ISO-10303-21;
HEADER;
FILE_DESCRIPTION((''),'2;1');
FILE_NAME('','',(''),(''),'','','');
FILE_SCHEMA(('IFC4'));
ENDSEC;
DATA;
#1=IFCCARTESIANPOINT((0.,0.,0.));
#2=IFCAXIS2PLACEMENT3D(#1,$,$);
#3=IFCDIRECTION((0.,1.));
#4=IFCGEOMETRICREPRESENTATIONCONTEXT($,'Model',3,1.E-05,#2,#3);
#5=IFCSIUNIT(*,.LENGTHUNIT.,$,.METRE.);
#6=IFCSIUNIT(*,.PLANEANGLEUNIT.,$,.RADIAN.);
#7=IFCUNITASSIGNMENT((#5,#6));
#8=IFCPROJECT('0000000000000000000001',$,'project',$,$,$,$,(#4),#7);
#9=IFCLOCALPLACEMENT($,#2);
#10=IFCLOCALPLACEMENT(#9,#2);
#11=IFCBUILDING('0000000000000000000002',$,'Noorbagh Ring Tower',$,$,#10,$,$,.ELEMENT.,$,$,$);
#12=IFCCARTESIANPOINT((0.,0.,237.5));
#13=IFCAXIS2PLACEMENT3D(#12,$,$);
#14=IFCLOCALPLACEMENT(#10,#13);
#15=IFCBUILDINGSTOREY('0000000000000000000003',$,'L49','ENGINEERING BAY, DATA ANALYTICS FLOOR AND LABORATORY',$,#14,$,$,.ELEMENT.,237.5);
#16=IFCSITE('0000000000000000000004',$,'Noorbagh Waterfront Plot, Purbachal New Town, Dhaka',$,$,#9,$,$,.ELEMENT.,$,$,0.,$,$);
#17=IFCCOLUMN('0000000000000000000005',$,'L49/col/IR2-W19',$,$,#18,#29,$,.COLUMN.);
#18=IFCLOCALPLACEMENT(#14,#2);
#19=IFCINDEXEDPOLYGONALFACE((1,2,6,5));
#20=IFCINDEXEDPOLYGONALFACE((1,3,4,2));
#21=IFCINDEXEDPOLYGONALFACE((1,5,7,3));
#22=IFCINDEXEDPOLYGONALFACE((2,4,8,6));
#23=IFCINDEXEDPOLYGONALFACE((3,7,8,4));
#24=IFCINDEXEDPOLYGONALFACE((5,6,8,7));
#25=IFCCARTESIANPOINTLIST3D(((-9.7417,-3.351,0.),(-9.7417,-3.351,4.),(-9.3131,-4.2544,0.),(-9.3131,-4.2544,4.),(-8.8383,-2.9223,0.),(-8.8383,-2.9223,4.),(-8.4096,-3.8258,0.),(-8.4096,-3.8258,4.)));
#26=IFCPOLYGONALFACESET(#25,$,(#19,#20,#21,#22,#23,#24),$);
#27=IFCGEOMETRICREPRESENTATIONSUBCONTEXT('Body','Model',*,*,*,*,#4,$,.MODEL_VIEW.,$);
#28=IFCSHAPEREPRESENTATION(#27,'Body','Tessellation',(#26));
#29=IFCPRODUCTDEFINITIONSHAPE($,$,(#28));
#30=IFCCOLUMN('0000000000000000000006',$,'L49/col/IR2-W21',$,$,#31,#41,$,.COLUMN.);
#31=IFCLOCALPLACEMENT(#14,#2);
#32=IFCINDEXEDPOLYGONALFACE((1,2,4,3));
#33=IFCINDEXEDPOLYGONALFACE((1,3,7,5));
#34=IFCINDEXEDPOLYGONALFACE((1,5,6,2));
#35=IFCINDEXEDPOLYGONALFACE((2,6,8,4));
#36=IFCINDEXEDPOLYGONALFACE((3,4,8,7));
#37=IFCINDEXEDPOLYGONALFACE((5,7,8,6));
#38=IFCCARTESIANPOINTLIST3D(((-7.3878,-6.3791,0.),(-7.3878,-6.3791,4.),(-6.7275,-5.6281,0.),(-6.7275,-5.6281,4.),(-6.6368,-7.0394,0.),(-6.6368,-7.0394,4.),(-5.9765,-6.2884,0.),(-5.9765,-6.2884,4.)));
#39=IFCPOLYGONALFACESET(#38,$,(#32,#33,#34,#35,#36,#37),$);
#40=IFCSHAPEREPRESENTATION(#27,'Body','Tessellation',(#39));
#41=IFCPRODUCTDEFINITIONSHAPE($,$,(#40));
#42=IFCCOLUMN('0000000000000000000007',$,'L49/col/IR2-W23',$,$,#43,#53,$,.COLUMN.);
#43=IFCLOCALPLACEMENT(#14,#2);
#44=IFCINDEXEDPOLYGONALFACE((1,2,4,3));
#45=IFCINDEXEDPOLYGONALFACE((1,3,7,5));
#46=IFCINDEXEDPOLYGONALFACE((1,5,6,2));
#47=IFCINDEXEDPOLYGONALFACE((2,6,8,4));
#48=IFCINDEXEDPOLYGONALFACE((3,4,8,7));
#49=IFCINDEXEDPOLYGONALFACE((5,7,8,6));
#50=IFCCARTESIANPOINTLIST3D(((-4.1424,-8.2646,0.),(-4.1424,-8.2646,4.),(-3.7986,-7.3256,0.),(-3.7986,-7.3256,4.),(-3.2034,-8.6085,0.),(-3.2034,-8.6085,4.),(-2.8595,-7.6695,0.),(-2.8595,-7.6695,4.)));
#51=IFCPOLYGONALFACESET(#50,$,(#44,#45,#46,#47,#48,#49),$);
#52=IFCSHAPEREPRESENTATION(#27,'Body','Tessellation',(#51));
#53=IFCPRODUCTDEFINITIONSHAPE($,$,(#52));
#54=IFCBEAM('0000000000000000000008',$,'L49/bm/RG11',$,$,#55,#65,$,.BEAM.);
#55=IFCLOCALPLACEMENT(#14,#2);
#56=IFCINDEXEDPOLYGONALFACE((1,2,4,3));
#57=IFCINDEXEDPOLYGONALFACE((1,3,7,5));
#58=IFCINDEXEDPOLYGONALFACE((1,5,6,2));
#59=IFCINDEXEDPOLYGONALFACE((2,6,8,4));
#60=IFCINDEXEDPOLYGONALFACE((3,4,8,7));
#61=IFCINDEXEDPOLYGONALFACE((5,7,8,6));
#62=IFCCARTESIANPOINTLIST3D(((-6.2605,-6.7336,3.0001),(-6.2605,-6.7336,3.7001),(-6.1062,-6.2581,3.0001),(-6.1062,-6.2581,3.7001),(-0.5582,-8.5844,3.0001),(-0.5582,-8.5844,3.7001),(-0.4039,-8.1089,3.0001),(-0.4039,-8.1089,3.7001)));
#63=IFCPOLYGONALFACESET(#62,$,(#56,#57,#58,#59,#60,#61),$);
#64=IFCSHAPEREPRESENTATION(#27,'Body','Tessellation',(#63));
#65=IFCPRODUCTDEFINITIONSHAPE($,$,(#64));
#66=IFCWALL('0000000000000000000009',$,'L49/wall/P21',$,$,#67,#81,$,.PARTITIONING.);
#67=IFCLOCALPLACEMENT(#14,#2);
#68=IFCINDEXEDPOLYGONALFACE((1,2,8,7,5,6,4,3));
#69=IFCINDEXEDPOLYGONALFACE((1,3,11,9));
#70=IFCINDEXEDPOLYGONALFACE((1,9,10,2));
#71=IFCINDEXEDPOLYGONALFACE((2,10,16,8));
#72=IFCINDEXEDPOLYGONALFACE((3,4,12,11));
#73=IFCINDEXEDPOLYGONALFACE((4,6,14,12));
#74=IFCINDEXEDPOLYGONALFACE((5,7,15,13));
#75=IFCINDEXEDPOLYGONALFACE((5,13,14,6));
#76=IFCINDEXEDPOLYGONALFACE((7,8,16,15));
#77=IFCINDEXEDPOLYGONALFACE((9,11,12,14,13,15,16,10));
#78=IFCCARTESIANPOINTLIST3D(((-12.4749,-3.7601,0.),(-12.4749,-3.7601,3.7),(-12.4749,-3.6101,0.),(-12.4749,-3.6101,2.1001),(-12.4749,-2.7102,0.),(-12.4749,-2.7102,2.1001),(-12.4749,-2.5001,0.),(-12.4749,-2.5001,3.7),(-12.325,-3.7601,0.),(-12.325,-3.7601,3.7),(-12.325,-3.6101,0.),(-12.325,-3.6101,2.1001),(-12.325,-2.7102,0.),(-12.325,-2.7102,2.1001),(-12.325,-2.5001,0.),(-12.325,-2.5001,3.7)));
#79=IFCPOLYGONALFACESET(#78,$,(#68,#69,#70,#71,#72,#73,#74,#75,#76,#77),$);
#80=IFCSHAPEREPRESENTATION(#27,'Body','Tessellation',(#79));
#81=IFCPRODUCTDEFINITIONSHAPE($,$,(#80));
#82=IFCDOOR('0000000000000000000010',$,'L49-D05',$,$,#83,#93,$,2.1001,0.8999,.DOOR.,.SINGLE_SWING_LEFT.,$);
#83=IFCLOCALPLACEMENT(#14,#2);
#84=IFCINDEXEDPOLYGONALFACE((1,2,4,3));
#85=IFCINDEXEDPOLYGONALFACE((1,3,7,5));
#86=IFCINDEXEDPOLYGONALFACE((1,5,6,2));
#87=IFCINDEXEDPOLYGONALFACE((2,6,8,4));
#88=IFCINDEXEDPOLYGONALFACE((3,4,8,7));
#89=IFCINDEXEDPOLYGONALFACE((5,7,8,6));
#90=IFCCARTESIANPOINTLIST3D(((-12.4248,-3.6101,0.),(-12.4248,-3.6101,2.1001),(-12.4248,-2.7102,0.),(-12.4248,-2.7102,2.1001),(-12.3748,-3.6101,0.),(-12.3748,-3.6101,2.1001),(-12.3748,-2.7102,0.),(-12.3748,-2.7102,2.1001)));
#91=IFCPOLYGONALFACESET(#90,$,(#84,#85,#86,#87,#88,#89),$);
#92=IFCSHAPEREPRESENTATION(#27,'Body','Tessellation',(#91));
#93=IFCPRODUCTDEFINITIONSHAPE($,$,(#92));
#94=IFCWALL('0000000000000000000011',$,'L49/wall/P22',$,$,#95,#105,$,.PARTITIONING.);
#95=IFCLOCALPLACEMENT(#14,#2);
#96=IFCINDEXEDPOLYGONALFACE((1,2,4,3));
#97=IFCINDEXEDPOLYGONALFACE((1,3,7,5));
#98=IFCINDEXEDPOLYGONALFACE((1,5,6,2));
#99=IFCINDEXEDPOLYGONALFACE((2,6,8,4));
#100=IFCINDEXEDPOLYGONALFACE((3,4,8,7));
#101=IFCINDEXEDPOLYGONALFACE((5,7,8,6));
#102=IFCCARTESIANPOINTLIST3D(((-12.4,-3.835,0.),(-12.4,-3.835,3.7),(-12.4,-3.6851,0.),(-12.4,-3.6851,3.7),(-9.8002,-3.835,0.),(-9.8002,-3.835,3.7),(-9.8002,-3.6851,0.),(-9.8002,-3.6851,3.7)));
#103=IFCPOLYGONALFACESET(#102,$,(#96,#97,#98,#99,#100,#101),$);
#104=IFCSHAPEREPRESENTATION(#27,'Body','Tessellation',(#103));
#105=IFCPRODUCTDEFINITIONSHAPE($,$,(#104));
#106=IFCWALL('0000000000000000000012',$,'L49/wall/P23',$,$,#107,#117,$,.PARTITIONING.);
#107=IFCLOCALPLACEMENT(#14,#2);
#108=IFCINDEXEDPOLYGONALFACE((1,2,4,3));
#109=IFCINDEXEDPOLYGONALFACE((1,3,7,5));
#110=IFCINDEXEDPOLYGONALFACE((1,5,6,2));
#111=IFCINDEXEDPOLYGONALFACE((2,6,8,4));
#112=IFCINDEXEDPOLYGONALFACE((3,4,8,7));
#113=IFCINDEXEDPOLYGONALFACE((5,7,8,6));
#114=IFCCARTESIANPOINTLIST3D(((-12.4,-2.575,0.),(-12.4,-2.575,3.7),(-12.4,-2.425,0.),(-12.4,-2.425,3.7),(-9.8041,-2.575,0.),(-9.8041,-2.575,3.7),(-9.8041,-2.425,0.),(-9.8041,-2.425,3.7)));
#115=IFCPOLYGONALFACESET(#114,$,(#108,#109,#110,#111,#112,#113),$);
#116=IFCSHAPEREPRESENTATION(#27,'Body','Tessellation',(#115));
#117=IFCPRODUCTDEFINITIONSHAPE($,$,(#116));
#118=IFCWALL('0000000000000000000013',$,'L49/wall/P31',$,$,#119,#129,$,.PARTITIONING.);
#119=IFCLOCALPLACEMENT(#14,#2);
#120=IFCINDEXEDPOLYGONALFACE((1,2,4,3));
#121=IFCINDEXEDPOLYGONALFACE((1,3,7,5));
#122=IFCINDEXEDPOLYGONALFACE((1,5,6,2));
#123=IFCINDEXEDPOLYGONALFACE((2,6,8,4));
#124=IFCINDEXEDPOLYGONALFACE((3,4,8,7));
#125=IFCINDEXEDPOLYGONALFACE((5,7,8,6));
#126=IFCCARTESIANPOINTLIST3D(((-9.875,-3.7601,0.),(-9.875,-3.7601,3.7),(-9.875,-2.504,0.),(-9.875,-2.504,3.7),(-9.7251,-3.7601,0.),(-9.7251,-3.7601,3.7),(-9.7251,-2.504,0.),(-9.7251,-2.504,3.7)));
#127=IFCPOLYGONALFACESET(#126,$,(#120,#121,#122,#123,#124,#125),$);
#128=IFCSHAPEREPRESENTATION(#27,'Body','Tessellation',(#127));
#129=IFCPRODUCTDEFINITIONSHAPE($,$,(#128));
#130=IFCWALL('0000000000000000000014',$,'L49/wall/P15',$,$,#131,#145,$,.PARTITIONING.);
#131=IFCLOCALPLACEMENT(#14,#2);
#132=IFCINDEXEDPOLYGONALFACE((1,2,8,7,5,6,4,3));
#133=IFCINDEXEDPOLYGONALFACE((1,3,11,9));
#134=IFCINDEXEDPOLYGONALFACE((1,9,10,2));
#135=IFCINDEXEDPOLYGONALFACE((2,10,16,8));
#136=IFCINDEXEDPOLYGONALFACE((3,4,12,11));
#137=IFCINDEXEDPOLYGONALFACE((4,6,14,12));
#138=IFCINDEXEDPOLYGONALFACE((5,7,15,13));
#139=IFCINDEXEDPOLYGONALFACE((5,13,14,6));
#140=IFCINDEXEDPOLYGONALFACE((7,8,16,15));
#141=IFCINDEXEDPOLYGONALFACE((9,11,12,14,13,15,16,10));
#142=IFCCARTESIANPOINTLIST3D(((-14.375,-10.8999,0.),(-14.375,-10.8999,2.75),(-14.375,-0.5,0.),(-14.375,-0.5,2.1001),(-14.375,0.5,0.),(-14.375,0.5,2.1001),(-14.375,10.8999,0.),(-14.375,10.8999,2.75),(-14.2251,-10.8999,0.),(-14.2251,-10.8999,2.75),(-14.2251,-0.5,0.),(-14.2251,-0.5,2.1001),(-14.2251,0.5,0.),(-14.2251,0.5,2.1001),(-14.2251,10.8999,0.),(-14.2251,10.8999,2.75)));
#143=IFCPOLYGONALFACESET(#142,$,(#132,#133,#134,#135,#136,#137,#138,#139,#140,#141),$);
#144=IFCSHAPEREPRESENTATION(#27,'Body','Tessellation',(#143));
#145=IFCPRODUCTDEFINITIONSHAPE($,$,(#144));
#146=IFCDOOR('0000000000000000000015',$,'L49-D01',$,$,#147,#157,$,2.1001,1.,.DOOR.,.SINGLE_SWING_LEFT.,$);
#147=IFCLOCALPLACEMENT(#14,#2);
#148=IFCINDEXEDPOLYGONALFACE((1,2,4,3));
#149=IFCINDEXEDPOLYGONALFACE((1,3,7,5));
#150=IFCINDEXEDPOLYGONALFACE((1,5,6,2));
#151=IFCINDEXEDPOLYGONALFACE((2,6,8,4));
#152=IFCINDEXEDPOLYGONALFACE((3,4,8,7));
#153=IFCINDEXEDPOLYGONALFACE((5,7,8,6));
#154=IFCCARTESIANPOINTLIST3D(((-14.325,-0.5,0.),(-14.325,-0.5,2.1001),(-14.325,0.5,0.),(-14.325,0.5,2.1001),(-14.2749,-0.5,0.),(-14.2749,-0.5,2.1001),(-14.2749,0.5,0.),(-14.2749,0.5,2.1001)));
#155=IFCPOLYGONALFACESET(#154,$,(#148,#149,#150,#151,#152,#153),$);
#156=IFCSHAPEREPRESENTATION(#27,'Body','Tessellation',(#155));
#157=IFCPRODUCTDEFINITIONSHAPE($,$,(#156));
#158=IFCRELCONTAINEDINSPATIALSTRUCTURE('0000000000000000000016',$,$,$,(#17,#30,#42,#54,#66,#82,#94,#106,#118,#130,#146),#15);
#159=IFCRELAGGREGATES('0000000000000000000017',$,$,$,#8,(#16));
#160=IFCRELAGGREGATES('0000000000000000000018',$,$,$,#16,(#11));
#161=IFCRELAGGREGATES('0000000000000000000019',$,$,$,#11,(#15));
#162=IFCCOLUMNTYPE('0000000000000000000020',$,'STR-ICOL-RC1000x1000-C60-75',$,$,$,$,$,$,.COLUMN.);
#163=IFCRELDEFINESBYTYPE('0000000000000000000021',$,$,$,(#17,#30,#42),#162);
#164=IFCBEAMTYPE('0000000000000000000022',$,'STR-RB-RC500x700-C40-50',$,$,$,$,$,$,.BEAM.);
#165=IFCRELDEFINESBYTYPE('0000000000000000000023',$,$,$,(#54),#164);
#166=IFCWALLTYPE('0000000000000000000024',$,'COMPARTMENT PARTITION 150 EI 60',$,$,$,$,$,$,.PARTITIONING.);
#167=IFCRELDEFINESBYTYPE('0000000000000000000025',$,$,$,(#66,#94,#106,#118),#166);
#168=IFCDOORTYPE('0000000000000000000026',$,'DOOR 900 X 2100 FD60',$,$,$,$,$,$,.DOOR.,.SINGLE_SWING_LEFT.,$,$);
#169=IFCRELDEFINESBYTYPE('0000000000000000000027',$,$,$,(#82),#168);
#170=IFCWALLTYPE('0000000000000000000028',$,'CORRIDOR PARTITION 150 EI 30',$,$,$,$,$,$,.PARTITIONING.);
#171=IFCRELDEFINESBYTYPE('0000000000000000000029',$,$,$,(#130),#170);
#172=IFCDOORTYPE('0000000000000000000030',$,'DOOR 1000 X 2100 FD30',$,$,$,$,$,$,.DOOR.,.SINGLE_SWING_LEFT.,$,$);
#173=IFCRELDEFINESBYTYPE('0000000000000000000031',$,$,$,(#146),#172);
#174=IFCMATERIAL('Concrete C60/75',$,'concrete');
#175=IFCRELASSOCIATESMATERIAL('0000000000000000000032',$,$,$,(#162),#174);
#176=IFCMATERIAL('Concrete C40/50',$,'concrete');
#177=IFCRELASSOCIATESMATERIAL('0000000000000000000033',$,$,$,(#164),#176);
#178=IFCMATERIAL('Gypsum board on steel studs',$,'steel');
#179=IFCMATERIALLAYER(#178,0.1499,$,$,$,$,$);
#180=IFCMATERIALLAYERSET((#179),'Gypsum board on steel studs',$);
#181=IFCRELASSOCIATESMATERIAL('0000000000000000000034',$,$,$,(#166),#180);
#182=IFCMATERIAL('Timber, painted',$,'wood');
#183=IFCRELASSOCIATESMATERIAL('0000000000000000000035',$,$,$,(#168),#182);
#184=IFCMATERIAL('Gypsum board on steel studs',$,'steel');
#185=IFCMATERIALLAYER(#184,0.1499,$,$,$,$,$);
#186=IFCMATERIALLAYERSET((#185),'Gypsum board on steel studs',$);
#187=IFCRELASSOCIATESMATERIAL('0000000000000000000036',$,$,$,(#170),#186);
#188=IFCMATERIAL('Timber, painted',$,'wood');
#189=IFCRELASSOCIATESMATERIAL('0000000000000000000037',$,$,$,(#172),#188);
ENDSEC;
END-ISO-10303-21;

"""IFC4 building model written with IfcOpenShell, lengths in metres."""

from ifc_helpers import new_model, si_unit, direction, frame, frame_2d, origin, origin_2d, place, context, subcontext, project, spatial, rectangle, extrude, material, layer, layer_set, material_profile, profile_set, type_object, element, fill, save


model = new_model("IFC4")

# Units and contexts
model_context = context("Model", 3, precision=1e-05, world=origin(), true_north=direction((0.0, 1.0)))
body_context = subcontext(model_context, "Body", "Model", "MODEL_VIEW")
ifc_project = project(units=[si_unit("LENGTHUNIT", "METRE"), si_unit("PLANEANGLEUNIT", "RADIAN")], contexts=[model_context])

# Site, building, storey
site_placement = place(None, origin())
site = spatial("IfcSite", under=ifc_project, at=site_placement, Name="Noorbagh Waterfront Plot, Purbachal New Town, Dhaka", CompositionType="ELEMENT", RefElevation=0.0)
building_placement = place(site_placement, origin())
building = spatial("IfcBuilding", under=site, at=building_placement, Name="Noorbagh Ring Tower", CompositionType="ELEMENT")
storey_placement = place(building_placement, frame((0.0, 0.0, 237.5)))
storey = spatial("IfcBuildingStorey", under=building, at=storey_placement, Name="L49", Description="ENGINEERING BAY, DATA ANALYTICS FLOOR AND LABORATORY", CompositionType="ELEMENT", Elevation=237.5)

# Columns
ifc_material_1 = material(Name="Concrete C60/75", Category="concrete")
ifc_material_profile_1 = material_profile(ifc_material_1, rectangle(XDim=1.0, YDim=1.0, at=origin_2d()), Name="RC1000x1000")
ifc_profile_set_1 = profile_set([ifc_material_profile_1], Name="Concrete C60/75")
column_type = type_object("IfcColumnType", Name="STR-ICOL-RC1000x1000-C60-75", PredefinedType="COLUMN", material=ifc_profile_set_1)
for number, where, z_axis, x_axis, name in (
    (1, (-9.0757, -3.5884, 0.0), (0.0, 0.0, 1.0), (0.428667, -0.903463, 0.0), "L49/col/IR2-W19"),
    (2, (-6.6821, -6.3337, 0.0), (0.0, 0.0, 1.0), (0.751022, -0.660277, 0.0), "L49/col/IR2-W21"),
    (3, (-3.501, -7.967, 0.0), (0.0, 0.0, 1.0), (0.93902, -0.343864, 0.0), "L49/col/IR2-W23"),
):
    element("IfcColumn", number, at=place(storey_placement, frame(where, z_axis=z_axis, x_axis=x_axis)), inside=storey, type_object=column_type, Name=name, PredefinedType="COLUMN", context=body_context, shape_type="SweptSolid", body=[
        extrude(rectangle(XDim=1.0, YDim=1.0, at=origin_2d()), origin(), (0.0, 0.0, 1.0), 4.0),
    ])

# Beam
ifc_material_2 = material(Name="Concrete C40/50", Category="concrete")
ifc_material_profile_2 = material_profile(ifc_material_2, rectangle(XDim=0.5, YDim=0.7, at=origin_2d()), Name="RC500x700")
ifc_profile_set_2 = profile_set([ifc_material_profile_2], Name="Concrete C40/50")
beam_type = type_object("IfcBeamType", Name="STR-RB-RC500x700-C40-50", PredefinedType="BEAM", material=ifc_profile_set_2)
beam_placement = place(storey_placement, frame((-6.1833, -6.4958, 3.3501), z_axis=(0.951154, -0.308717, 0.0), x_axis=(0.308717, 0.951154, 0.0)))
element("IfcBeam", 4, at=beam_placement, inside=storey, type_object=beam_type, Name="L49/bm/RG11", PredefinedType="BEAM", context=body_context, shape_type="SweptSolid", body=[
    extrude(rectangle(XDim=0.5, YDim=0.7, at=origin_2d()), origin(), (0.0, 0.0, 1.0), 5.9951),
])

# Wall, opening, door
ifc_material_3 = material(Name="Gypsum board on steel studs", Category="steel")
ifc_layer_1 = layer(ifc_material_3, 0.1499)
ifc_layer_set_1 = layer_set([ifc_layer_1], Name="Gypsum board on steel studs")
wall_type_1 = type_object("IfcWallType", Name="COMPARTMENT PARTITION 150 EI 60", PredefinedType="PARTITIONING", material=ifc_layer_set_1)
wall_1_placement = place(storey_placement, frame((-12.3999, -3.76, 0.0), z_axis=(0.0, 0.0, 1.0), x_axis=(0.0, 1.0, 0.0)))
wall_1 = element("IfcWall", 5, at=wall_1_placement, inside=storey, type_object=wall_type_1, Name="L49/wall/P21", PredefinedType="PARTITIONING", context=body_context, shape_type="SweptSolid", body=[
    extrude(rectangle(XDim=1.26, YDim=0.1499, at=frame_2d((0.6299, 0.0))), origin(), (0.0, 0.0, 1.0), 3.7),
])
opening_1_placement = place(wall_1_placement, frame((0.1499, 0.0, 0.0)))
opening_1 = element("IfcOpeningElement", 6, at=opening_1_placement, cuts=wall_1, PredefinedType="OPENING", context=body_context, shape_type="SweptSolid", body=[
    extrude(rectangle(XDim=0.8999, YDim=2.1001, at=frame_2d((0.45, 1.05))), frame((0.0, 0.085, 0.0), z_axis=(0.0, -1.0, 0.0), x_axis=(1.0, 0.0, 0.0)), (0.0, 0.0, 1.0), 0.1699),
])
ifc_material_4 = material(Name="Timber, painted", Category="wood")
door_type_1 = type_object("IfcDoorType", Name="DOOR 900 X 2100 FD60", OperationType="SINGLE_SWING_LEFT", PredefinedType="DOOR", material=ifc_material_4)
door_1_placement = place(opening_1_placement, origin())
door_1 = element("IfcDoor", 7, at=door_1_placement, inside=storey, type_object=door_type_1, Name="L49-D05", OperationType="SINGLE_SWING_LEFT", OverallHeight=2.1001, OverallWidth=0.8999, PredefinedType="DOOR", context=body_context, shape_type="SweptSolid", body=[
    extrude(rectangle(XDim=0.8999, YDim=2.1001, at=frame_2d((0.45, 1.05))), frame((0.0, 0.0249, 0.0), z_axis=(0.0, -1.0, 0.0), x_axis=(1.0, 0.0, 0.0)), (0.0, 0.0, 1.0), 0.05),
])
fill(opening_1, door_1)

# Walls
wall_2_placement = place(storey_placement, frame((-12.3999, -3.76, 0.0), z_axis=(0.0, 0.0, 1.0), x_axis=(1.0, 0.0, 0.0)))
element("IfcWall", 8, at=wall_2_placement, inside=storey, type_object=wall_type_1, Name="L49/wall/P22", PredefinedType="PARTITIONING", context=body_context, shape_type="SweptSolid", body=[
    extrude(rectangle(XDim=2.5999, YDim=0.1499, at=frame_2d((1.2998, 0.0))), origin(), (0.0, 0.0, 1.0), 3.7),
])
wall_3_placement = place(storey_placement, frame((-12.3999, -2.5, 0.0), z_axis=(0.0, 0.0, 1.0), x_axis=(1.0, 0.0, 0.0)))
element("IfcWall", 9, at=wall_3_placement, inside=storey, type_object=wall_type_1, Name="L49/wall/P23", PredefinedType="PARTITIONING", context=body_context, shape_type="SweptSolid", body=[
    extrude(rectangle(XDim=2.5959, YDim=0.1499, at=frame_2d((1.2979, 0.0))), origin(), (0.0, 0.0, 1.0), 3.7),
])
wall_4_placement = place(storey_placement, frame((-9.8, -3.76, 0.0), z_axis=(0.0, 0.0, 1.0), x_axis=(0.0, 1.0, 0.0)))
element("IfcWall", 10, at=wall_4_placement, inside=storey, type_object=wall_type_1, Name="L49/wall/P31", PredefinedType="PARTITIONING", context=body_context, shape_type="SweptSolid", body=[
    extrude(rectangle(XDim=1.2561, YDim=0.1499, at=frame_2d((0.6279, 0.0))), origin(), (0.0, 0.0, 1.0), 3.7),
])

# Wall, opening, door
ifc_material_5 = material(Name="Gypsum board on steel studs", Category="steel")
ifc_layer_2 = layer(ifc_material_5, 0.1499)
ifc_layer_set_2 = layer_set([ifc_layer_2], Name="Gypsum board on steel studs")
wall_type_2 = type_object("IfcWallType", Name="CORRIDOR PARTITION 150 EI 30", PredefinedType="PARTITIONING", material=ifc_layer_set_2)
wall_5_placement = place(storey_placement, frame((-14.3, -10.8999, 0.0), z_axis=(0.0, 0.0, 1.0), x_axis=(0.0, 1.0, 0.0)))
wall_5 = element("IfcWall", 11, at=wall_5_placement, inside=storey, type_object=wall_type_2, Name="L49/wall/P15", PredefinedType="PARTITIONING", context=body_context, shape_type="SweptSolid", body=[
    extrude(rectangle(XDim=21.7998, YDim=0.1499, at=frame_2d((10.8999, 0.0))), origin(), (0.0, 0.0, 1.0), 2.75),
])
opening_2_placement = place(wall_5_placement, frame((10.3999, 0.0, 0.0)))
opening_2 = element("IfcOpeningElement", 12, at=opening_2_placement, cuts=wall_5, PredefinedType="OPENING", context=body_context, shape_type="SweptSolid", body=[
    extrude(rectangle(XDim=1.0, YDim=2.1001, at=frame_2d((0.5, 1.05))), frame((0.0, 0.085, 0.0), z_axis=(0.0, -1.0, 0.0), x_axis=(1.0, 0.0, 0.0)), (0.0, 0.0, 1.0), 0.1699),
])
ifc_material_6 = material(Name="Timber, painted", Category="wood")
door_type_2 = type_object("IfcDoorType", Name="DOOR 1000 X 2100 FD30", OperationType="SINGLE_SWING_LEFT", PredefinedType="DOOR", material=ifc_material_6)
door_2_placement = place(opening_2_placement, origin())
door_2 = element("IfcDoor", 13, at=door_2_placement, inside=storey, type_object=door_type_2, Name="L49-D01", OperationType="SINGLE_SWING_LEFT", OverallHeight=2.1001, OverallWidth=1.0, PredefinedType="DOOR", context=body_context, shape_type="SweptSolid", body=[
    extrude(rectangle(XDim=1.0, YDim=2.1001, at=frame_2d((0.5, 1.05))), frame((0.0, 0.0249, 0.0), z_axis=(0.0, -1.0, 0.0), x_axis=(1.0, 0.0, 0.0)), (0.0, 0.0, 1.0), 0.05),
])
fill(opening_2, door_2)

save(model, "model.ifc")
